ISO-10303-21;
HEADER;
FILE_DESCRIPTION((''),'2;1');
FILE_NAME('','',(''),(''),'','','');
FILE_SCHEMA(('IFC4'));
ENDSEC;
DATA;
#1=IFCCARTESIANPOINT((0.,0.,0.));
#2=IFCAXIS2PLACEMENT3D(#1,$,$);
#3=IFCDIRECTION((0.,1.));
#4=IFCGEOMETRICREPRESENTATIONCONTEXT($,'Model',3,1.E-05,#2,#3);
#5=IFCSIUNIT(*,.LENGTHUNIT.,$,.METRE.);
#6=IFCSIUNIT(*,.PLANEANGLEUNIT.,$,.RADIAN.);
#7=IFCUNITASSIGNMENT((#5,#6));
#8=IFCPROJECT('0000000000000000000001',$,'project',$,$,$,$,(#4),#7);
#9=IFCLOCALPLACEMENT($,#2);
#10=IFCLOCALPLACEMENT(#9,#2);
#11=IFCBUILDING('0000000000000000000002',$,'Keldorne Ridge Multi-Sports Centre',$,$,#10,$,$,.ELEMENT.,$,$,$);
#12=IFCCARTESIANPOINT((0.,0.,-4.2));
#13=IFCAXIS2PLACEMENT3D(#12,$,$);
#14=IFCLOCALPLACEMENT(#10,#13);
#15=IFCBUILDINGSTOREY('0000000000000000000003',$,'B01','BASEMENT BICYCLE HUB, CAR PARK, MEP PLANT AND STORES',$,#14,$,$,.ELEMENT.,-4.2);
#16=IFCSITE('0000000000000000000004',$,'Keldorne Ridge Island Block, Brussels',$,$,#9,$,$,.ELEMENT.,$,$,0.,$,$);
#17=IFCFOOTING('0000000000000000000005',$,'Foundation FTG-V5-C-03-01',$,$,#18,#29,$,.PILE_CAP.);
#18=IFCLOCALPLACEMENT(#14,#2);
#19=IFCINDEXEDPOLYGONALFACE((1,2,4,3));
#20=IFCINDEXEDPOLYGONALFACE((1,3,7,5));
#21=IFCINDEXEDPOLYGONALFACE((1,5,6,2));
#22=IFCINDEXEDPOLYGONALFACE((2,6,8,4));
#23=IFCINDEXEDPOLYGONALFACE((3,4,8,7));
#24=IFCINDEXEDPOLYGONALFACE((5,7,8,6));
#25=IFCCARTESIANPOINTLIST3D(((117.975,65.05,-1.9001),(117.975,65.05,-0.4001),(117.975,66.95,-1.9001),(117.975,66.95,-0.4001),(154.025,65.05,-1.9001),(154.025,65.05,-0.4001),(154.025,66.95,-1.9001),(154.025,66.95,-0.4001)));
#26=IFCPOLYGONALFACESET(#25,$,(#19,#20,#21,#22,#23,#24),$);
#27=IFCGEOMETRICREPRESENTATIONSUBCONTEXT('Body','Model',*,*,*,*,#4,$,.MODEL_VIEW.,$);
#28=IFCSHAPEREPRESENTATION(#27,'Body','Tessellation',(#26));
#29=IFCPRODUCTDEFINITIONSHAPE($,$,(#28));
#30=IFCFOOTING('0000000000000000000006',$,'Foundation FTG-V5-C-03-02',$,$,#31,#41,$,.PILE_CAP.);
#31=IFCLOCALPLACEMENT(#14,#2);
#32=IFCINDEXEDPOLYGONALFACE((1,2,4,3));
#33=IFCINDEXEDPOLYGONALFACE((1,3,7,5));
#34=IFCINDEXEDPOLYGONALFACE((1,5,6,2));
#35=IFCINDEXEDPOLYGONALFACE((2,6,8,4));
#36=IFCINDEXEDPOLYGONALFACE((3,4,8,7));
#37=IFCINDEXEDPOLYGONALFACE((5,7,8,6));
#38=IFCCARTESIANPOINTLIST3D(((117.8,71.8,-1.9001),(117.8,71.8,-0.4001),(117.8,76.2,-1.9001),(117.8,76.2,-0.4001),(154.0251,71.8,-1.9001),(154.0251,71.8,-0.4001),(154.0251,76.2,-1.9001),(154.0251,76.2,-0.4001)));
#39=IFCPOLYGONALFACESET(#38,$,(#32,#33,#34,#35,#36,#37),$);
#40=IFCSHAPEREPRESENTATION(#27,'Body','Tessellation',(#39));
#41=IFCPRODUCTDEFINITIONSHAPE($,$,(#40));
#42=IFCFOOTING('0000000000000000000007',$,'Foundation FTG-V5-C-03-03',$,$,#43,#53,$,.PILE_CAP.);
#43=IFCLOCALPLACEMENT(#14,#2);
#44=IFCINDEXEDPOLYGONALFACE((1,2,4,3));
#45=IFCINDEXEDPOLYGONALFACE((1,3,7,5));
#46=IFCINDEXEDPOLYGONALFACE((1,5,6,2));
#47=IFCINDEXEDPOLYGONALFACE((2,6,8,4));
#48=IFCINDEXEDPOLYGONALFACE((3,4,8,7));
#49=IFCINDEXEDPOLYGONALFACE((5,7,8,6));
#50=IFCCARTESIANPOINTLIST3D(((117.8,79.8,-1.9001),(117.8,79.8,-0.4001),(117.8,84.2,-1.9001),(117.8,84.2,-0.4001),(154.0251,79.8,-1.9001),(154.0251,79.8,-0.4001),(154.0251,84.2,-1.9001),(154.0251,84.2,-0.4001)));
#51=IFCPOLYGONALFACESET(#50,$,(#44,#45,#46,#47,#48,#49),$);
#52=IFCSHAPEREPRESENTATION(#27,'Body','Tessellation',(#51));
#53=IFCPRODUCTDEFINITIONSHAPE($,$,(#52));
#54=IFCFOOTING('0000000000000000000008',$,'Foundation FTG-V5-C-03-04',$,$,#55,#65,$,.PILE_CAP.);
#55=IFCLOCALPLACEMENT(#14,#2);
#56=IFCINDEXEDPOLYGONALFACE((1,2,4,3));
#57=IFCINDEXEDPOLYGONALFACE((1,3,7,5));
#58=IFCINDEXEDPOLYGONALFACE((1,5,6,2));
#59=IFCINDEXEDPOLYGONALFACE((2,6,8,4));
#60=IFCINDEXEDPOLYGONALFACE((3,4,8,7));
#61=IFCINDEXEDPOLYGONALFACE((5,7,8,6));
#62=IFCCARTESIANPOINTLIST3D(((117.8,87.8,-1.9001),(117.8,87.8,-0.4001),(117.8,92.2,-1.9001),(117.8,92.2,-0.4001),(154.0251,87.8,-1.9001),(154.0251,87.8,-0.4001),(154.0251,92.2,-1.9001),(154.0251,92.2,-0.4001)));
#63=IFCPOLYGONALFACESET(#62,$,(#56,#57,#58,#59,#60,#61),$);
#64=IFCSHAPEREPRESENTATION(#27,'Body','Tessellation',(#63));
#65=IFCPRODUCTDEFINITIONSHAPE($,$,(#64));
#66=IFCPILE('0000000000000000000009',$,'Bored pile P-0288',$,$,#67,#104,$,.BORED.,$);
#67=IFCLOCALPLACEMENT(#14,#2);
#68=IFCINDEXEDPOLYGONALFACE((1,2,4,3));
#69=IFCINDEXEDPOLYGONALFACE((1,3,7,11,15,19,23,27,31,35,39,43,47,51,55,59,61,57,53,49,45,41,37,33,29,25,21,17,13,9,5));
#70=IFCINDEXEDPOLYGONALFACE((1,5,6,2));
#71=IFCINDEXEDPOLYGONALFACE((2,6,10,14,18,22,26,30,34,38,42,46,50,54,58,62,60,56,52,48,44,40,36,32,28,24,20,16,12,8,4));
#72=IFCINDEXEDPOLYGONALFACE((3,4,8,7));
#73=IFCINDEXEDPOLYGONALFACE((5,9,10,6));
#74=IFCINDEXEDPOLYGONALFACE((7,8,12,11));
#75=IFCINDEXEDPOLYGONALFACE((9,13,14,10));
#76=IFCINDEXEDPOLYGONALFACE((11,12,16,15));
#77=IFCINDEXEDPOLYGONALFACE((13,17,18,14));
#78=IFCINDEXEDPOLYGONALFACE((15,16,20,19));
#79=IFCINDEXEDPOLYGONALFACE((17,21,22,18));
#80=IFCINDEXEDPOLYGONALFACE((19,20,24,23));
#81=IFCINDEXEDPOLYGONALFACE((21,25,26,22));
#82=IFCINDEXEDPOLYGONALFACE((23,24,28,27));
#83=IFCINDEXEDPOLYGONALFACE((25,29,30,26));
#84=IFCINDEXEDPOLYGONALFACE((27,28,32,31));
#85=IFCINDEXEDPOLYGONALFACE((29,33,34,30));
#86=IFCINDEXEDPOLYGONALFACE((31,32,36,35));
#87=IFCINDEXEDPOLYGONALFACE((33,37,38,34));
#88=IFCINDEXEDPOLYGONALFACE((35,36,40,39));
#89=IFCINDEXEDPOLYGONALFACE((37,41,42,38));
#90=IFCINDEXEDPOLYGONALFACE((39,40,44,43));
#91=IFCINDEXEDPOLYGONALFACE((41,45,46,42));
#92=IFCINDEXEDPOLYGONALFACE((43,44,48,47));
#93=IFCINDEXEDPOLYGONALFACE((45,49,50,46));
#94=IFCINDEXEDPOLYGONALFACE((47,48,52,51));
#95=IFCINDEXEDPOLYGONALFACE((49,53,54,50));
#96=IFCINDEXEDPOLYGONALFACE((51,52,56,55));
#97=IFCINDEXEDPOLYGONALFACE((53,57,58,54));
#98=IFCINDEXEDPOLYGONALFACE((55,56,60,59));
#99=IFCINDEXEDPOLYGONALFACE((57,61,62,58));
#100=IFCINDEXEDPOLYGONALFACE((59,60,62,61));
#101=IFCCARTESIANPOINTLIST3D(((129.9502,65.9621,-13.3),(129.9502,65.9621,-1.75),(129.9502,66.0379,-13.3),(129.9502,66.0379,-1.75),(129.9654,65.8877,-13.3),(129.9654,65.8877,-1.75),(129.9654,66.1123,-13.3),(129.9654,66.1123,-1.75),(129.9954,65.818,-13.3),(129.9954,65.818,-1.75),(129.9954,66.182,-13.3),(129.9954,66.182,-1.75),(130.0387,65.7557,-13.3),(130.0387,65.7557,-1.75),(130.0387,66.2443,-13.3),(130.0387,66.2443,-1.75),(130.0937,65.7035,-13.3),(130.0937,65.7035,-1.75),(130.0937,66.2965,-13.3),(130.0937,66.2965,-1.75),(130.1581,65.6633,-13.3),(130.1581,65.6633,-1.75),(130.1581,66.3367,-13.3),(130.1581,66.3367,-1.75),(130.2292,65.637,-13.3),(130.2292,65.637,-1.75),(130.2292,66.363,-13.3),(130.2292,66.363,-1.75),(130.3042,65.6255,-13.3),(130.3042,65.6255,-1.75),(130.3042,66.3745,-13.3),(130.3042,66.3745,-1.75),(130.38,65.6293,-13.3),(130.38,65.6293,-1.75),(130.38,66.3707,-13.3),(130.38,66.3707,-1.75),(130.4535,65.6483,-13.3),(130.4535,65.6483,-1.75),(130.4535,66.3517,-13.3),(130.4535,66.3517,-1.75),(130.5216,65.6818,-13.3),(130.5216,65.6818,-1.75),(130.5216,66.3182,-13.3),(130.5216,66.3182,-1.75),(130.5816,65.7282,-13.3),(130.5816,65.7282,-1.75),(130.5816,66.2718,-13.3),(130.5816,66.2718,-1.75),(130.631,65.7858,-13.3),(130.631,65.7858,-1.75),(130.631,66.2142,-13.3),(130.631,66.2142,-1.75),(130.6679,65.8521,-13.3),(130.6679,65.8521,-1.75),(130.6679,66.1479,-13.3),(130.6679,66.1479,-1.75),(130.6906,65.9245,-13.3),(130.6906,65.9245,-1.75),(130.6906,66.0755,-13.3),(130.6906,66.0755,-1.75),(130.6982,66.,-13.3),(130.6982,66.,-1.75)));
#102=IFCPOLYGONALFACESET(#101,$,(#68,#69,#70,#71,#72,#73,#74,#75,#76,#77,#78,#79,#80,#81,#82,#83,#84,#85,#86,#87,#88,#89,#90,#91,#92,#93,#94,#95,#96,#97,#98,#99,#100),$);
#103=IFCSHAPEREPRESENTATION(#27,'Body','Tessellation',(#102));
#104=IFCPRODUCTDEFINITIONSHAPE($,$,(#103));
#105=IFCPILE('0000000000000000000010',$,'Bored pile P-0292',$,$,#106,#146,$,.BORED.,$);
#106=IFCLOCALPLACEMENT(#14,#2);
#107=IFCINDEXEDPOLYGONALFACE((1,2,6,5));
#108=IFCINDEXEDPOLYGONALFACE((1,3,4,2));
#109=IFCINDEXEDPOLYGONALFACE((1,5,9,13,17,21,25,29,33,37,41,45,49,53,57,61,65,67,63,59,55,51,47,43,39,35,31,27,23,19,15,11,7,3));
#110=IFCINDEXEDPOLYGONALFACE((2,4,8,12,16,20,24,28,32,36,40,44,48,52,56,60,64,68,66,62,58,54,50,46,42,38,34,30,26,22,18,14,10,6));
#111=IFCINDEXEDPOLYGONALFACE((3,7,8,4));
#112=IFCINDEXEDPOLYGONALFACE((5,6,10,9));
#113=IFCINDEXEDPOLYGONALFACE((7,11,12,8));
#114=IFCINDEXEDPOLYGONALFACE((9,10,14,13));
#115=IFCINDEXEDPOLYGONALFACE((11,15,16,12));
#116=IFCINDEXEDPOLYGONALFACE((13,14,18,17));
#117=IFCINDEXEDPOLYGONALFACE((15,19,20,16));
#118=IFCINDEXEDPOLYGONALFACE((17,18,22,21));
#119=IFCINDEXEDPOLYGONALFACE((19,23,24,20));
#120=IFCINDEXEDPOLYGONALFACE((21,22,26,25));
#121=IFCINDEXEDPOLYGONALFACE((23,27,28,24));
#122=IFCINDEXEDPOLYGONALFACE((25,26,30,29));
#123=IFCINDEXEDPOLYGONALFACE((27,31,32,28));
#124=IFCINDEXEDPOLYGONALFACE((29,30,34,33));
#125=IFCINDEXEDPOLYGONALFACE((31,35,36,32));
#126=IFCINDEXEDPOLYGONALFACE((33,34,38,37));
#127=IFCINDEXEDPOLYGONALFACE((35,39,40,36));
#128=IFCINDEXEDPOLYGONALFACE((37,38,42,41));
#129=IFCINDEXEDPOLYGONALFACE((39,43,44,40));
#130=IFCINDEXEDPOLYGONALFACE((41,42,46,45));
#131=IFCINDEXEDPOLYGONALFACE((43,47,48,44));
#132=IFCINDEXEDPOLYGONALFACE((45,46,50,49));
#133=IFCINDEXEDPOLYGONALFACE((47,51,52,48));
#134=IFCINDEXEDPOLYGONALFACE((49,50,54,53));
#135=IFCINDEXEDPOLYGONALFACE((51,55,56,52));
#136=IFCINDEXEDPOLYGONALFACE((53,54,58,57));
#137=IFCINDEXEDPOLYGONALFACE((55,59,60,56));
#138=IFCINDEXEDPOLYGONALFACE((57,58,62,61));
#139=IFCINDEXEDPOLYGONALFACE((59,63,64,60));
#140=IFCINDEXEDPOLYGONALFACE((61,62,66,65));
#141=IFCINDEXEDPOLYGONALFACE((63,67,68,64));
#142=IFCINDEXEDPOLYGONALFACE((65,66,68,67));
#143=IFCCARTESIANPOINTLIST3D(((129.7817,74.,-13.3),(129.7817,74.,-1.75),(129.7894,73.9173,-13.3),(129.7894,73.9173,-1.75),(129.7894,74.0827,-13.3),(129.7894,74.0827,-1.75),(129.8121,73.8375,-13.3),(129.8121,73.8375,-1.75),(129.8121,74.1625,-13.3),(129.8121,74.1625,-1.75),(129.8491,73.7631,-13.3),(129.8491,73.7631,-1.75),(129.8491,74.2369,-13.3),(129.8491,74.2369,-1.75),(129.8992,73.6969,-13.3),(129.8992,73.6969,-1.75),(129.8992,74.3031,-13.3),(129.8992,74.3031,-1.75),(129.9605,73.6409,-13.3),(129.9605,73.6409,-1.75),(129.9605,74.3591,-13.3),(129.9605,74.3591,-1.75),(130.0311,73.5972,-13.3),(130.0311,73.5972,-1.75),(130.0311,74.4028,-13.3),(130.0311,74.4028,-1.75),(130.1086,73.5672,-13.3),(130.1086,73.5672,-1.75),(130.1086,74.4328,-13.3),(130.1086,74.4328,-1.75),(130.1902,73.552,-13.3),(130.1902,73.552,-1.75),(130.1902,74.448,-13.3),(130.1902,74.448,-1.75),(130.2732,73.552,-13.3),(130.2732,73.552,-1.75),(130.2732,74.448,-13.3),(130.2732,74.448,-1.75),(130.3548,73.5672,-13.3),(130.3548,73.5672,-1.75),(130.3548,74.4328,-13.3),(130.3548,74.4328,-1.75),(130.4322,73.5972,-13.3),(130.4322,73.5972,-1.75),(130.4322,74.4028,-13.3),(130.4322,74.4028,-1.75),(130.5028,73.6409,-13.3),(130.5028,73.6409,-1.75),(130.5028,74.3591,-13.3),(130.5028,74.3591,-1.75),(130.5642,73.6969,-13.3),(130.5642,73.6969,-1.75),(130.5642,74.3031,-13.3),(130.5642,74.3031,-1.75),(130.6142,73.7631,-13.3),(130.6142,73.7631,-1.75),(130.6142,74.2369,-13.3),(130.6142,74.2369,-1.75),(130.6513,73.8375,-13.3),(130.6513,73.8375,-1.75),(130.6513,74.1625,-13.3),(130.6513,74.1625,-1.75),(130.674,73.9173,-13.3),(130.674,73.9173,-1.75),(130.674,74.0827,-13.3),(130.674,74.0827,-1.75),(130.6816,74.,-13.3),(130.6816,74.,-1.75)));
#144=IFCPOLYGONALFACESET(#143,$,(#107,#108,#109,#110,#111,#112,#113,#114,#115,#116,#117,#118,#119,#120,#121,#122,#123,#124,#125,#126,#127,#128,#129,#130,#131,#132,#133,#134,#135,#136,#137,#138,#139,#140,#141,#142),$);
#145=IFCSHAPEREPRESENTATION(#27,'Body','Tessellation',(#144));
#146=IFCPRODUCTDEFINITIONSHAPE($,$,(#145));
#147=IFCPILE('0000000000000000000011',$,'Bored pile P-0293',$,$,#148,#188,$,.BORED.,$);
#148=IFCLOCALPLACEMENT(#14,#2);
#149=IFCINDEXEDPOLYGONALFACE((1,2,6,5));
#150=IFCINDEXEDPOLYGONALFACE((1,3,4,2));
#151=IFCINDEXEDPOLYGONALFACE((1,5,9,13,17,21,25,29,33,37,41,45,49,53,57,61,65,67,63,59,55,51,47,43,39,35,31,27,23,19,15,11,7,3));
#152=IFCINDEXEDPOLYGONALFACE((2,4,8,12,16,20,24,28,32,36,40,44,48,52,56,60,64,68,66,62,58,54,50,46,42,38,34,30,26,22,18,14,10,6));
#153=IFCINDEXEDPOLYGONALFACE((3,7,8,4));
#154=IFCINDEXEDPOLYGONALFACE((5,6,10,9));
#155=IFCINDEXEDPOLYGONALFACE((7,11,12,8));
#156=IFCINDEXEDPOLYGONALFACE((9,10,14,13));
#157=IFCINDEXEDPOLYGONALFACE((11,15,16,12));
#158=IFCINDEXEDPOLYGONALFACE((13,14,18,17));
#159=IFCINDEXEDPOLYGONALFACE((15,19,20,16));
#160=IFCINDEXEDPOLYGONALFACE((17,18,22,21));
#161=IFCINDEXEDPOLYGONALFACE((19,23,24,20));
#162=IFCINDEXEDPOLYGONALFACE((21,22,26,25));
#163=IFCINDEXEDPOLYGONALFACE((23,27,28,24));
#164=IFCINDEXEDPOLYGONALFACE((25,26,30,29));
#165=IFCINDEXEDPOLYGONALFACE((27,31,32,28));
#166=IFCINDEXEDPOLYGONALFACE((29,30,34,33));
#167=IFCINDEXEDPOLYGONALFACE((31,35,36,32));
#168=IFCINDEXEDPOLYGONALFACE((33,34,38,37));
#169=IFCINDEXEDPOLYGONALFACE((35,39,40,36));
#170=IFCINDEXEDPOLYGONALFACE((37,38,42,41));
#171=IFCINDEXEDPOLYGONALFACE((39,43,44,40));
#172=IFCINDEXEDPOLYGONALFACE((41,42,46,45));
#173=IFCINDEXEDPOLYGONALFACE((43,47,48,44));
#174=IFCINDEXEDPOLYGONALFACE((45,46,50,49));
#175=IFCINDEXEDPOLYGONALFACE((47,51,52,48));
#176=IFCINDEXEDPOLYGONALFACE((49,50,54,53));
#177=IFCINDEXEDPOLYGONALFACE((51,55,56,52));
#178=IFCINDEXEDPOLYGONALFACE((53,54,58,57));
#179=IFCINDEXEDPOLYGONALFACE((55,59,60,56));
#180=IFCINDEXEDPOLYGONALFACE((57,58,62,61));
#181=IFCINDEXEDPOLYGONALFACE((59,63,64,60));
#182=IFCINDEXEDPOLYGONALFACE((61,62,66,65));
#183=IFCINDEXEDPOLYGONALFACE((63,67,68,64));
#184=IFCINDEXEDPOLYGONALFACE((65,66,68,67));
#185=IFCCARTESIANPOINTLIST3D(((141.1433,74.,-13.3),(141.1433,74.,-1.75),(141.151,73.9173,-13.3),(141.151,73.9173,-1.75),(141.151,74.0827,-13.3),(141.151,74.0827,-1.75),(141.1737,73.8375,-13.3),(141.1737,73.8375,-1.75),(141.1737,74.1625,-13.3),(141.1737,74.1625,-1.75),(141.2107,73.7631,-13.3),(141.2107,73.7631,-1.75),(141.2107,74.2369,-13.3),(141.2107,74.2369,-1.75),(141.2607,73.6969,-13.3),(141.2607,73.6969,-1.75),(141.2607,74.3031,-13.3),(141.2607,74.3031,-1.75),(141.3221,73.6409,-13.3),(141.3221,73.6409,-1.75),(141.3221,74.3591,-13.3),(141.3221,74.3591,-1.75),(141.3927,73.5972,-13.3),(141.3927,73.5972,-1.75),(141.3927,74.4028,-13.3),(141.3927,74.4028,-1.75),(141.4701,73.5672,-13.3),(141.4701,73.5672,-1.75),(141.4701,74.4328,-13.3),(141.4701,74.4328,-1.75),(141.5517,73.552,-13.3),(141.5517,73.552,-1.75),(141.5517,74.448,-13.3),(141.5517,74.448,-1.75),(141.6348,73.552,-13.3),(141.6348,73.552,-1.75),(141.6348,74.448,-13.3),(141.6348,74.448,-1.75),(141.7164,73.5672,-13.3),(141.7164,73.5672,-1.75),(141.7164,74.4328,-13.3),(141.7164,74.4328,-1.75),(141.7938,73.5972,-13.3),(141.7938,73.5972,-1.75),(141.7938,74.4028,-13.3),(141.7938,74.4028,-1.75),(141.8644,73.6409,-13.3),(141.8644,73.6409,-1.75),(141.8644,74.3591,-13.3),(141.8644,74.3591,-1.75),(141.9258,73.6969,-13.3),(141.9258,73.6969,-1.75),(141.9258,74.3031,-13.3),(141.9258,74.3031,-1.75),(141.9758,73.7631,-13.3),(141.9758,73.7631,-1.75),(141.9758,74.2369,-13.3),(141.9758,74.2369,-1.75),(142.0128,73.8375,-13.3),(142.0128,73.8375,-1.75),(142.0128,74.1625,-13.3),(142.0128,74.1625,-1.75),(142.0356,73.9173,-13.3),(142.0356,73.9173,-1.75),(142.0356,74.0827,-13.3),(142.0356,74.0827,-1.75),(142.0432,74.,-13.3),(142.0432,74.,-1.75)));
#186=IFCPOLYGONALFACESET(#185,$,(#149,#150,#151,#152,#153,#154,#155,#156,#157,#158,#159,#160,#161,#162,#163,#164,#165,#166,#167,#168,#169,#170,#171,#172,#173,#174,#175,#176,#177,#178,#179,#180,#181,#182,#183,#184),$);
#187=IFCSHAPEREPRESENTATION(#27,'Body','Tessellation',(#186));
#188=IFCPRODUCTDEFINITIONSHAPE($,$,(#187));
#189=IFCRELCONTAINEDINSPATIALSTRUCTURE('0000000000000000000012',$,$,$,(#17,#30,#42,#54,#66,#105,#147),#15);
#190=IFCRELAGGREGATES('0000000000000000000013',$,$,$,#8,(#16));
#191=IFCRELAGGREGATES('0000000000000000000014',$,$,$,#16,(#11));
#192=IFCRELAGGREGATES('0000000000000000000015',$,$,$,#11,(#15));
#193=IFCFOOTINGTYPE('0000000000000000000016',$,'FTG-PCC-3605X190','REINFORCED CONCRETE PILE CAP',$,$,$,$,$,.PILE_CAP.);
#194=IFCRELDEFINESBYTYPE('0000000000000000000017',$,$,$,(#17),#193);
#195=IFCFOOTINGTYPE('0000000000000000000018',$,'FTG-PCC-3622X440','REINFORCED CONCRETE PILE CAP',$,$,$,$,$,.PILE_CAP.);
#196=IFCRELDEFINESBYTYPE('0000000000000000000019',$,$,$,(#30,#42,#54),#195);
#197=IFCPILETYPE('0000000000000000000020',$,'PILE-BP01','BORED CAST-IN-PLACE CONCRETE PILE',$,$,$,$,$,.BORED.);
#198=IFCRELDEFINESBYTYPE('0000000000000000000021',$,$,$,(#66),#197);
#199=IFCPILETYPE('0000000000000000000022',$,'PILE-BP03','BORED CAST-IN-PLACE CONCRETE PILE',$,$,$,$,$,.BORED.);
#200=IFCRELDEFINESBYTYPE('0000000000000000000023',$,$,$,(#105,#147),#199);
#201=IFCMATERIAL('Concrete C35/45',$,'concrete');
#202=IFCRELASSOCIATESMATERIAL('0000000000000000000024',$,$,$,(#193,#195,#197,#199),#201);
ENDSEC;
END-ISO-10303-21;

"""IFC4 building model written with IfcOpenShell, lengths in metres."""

from ifc_helpers import new_model, si_unit, direction, frame, origin, origin_2d, place, context, subcontext, project, spatial, rectangle, circle, extrude, material, material_profile, profile_set, type_object, element, save


model = new_model("IFC4")

# Units and contexts
model_context = context("Model", 3, precision=1e-05, world=origin(), true_north=direction((0.0, 1.0)))
body_context = subcontext(model_context, "Body", "Model", "MODEL_VIEW")
ifc_project = project(units=[si_unit("LENGTHUNIT", "METRE"), si_unit("PLANEANGLEUNIT", "RADIAN")], contexts=[model_context])

# Site, building, storey
site_placement = place(None, origin())
site = spatial("IfcSite", under=ifc_project, at=site_placement, Name="Keldorne Ridge Island Block, Brussels", CompositionType="ELEMENT", RefElevation=0.0)
building_placement = place(site_placement, origin())
building = spatial("IfcBuilding", under=site, at=building_placement, Name="Keldorne Ridge Multi-Sports Centre", CompositionType="ELEMENT")
storey_placement = place(building_placement, frame((0.0, 0.0, -4.2)))
storey = spatial("IfcBuildingStorey", under=building, at=storey_placement, Name="B01", Description="BASEMENT BICYCLE HUB, CAR PARK, MEP PLANT AND STORES", CompositionType="ELEMENT", Elevation=-4.2)

# Footings
ifc_material_1 = material(Name="Concrete C35/45", Category="concrete")
footing_type_1 = type_object("IfcFootingType", Name="FTG-PCC-3605X190", Description="REINFORCED CONCRETE PILE CAP", PredefinedType="PILE_CAP", material=ifc_material_1)
footing_placement = place(storey_placement, frame((136.0, 66.0, -1.9001), z_axis=(0.0, 0.0, 1.0), x_axis=(1.0, 0.0, 0.0)))
element("IfcFooting", 1, at=footing_placement, inside=storey, type_object=footing_type_1, Name="Foundation FTG-V5-C-03-01", PredefinedType="PILE_CAP", context=body_context, shape_type="SweptSolid", body=[
    extrude(rectangle(XDim=36.05, YDim=1.8999, at=origin_2d()), origin(), (0.0, 0.0, 1.0), 1.5),
])
footing_type_2 = type_object("IfcFootingType", Name="FTG-PCC-3622X440", Description="REINFORCED CONCRETE PILE CAP", PredefinedType="PILE_CAP", material=ifc_material_1)
for number, where, z_axis, x_axis, name in (
    (2, (135.9126, 74.0, -1.9001), (0.0, 0.0, 1.0), (1.0, 0.0, 0.0), "Foundation FTG-V5-C-03-02"),
    (3, (135.9126, 82.0, -1.9001), (0.0, 0.0, 1.0), (1.0, 0.0, 0.0), "Foundation FTG-V5-C-03-03"),
    (4, (135.9126, 90.0, -1.9001), (0.0, 0.0, 1.0), (1.0, 0.0, 0.0), "Foundation FTG-V5-C-03-04"),
):
    element("IfcFooting", number, at=place(storey_placement, frame(where, z_axis=z_axis, x_axis=x_axis)), inside=storey, type_object=footing_type_2, Name=name, PredefinedType="PILE_CAP", context=body_context, shape_type="SweptSolid", body=[
        extrude(rectangle(XDim=36.2251, YDim=4.3999, at=origin_2d()), origin(), (0.0, 0.0, 1.0), 1.5),
    ])

# Piles
ifc_material_profile_1 = material_profile(ifc_material_1, circle(Radius=0.375, at=origin_2d()), Name="BORED PILE D750")
ifc_profile_set_1 = profile_set([ifc_material_profile_1], Name="Concrete C35/45")
pile_type_1 = type_object("IfcPileType", Name="PILE-BP01", Description="BORED CAST-IN-PLACE CONCRETE PILE", PredefinedType="BORED", material=ifc_profile_set_1)
pile_placement = place(storey_placement, frame((130.3232, 66.0, -1.75), z_axis=(0.0, 0.0, -1.0), x_axis=(1.0, 0.0, 0.0)))
element("IfcPile", 5, at=pile_placement, inside=storey, type_object=pile_type_1, Name="Bored pile P-0288", PredefinedType="BORED", context=body_context, shape_type="SweptSolid", body=[
    extrude(circle(Radius=0.375, at=origin_2d()), origin(), (0.0, 0.0, 1.0), 11.55),
])
ifc_material_profile_2 = material_profile(ifc_material_1, circle(Radius=0.45, at=origin_2d()), Name="BORED PILE D900")
ifc_profile_set_2 = profile_set([ifc_material_profile_2], Name="Concrete C35/45")
pile_type_2 = type_object("IfcPileType", Name="PILE-BP03", Description="BORED CAST-IN-PLACE CONCRETE PILE", PredefinedType="BORED", material=ifc_profile_set_2)
for number, where, z_axis, x_axis, name in (
    (6, (130.2317, 74.0, -1.75), (0.0, 0.0, -1.0), (1.0, 0.0, 0.0), "Bored pile P-0292"),
    (7, (141.5933, 74.0, -1.75), (0.0, 0.0, -1.0), (1.0, 0.0, 0.0), "Bored pile P-0293"),
):
    element("IfcPile", number, at=place(storey_placement, frame(where, z_axis=z_axis, x_axis=x_axis)), inside=storey, type_object=pile_type_2, Name=name, PredefinedType="BORED", context=body_context, shape_type="SweptSolid", body=[
        extrude(circle(Radius=0.45, at=origin_2d()), origin(), (0.0, 0.0, 1.0), 11.55),
    ])

save(model, "model.ifc")
